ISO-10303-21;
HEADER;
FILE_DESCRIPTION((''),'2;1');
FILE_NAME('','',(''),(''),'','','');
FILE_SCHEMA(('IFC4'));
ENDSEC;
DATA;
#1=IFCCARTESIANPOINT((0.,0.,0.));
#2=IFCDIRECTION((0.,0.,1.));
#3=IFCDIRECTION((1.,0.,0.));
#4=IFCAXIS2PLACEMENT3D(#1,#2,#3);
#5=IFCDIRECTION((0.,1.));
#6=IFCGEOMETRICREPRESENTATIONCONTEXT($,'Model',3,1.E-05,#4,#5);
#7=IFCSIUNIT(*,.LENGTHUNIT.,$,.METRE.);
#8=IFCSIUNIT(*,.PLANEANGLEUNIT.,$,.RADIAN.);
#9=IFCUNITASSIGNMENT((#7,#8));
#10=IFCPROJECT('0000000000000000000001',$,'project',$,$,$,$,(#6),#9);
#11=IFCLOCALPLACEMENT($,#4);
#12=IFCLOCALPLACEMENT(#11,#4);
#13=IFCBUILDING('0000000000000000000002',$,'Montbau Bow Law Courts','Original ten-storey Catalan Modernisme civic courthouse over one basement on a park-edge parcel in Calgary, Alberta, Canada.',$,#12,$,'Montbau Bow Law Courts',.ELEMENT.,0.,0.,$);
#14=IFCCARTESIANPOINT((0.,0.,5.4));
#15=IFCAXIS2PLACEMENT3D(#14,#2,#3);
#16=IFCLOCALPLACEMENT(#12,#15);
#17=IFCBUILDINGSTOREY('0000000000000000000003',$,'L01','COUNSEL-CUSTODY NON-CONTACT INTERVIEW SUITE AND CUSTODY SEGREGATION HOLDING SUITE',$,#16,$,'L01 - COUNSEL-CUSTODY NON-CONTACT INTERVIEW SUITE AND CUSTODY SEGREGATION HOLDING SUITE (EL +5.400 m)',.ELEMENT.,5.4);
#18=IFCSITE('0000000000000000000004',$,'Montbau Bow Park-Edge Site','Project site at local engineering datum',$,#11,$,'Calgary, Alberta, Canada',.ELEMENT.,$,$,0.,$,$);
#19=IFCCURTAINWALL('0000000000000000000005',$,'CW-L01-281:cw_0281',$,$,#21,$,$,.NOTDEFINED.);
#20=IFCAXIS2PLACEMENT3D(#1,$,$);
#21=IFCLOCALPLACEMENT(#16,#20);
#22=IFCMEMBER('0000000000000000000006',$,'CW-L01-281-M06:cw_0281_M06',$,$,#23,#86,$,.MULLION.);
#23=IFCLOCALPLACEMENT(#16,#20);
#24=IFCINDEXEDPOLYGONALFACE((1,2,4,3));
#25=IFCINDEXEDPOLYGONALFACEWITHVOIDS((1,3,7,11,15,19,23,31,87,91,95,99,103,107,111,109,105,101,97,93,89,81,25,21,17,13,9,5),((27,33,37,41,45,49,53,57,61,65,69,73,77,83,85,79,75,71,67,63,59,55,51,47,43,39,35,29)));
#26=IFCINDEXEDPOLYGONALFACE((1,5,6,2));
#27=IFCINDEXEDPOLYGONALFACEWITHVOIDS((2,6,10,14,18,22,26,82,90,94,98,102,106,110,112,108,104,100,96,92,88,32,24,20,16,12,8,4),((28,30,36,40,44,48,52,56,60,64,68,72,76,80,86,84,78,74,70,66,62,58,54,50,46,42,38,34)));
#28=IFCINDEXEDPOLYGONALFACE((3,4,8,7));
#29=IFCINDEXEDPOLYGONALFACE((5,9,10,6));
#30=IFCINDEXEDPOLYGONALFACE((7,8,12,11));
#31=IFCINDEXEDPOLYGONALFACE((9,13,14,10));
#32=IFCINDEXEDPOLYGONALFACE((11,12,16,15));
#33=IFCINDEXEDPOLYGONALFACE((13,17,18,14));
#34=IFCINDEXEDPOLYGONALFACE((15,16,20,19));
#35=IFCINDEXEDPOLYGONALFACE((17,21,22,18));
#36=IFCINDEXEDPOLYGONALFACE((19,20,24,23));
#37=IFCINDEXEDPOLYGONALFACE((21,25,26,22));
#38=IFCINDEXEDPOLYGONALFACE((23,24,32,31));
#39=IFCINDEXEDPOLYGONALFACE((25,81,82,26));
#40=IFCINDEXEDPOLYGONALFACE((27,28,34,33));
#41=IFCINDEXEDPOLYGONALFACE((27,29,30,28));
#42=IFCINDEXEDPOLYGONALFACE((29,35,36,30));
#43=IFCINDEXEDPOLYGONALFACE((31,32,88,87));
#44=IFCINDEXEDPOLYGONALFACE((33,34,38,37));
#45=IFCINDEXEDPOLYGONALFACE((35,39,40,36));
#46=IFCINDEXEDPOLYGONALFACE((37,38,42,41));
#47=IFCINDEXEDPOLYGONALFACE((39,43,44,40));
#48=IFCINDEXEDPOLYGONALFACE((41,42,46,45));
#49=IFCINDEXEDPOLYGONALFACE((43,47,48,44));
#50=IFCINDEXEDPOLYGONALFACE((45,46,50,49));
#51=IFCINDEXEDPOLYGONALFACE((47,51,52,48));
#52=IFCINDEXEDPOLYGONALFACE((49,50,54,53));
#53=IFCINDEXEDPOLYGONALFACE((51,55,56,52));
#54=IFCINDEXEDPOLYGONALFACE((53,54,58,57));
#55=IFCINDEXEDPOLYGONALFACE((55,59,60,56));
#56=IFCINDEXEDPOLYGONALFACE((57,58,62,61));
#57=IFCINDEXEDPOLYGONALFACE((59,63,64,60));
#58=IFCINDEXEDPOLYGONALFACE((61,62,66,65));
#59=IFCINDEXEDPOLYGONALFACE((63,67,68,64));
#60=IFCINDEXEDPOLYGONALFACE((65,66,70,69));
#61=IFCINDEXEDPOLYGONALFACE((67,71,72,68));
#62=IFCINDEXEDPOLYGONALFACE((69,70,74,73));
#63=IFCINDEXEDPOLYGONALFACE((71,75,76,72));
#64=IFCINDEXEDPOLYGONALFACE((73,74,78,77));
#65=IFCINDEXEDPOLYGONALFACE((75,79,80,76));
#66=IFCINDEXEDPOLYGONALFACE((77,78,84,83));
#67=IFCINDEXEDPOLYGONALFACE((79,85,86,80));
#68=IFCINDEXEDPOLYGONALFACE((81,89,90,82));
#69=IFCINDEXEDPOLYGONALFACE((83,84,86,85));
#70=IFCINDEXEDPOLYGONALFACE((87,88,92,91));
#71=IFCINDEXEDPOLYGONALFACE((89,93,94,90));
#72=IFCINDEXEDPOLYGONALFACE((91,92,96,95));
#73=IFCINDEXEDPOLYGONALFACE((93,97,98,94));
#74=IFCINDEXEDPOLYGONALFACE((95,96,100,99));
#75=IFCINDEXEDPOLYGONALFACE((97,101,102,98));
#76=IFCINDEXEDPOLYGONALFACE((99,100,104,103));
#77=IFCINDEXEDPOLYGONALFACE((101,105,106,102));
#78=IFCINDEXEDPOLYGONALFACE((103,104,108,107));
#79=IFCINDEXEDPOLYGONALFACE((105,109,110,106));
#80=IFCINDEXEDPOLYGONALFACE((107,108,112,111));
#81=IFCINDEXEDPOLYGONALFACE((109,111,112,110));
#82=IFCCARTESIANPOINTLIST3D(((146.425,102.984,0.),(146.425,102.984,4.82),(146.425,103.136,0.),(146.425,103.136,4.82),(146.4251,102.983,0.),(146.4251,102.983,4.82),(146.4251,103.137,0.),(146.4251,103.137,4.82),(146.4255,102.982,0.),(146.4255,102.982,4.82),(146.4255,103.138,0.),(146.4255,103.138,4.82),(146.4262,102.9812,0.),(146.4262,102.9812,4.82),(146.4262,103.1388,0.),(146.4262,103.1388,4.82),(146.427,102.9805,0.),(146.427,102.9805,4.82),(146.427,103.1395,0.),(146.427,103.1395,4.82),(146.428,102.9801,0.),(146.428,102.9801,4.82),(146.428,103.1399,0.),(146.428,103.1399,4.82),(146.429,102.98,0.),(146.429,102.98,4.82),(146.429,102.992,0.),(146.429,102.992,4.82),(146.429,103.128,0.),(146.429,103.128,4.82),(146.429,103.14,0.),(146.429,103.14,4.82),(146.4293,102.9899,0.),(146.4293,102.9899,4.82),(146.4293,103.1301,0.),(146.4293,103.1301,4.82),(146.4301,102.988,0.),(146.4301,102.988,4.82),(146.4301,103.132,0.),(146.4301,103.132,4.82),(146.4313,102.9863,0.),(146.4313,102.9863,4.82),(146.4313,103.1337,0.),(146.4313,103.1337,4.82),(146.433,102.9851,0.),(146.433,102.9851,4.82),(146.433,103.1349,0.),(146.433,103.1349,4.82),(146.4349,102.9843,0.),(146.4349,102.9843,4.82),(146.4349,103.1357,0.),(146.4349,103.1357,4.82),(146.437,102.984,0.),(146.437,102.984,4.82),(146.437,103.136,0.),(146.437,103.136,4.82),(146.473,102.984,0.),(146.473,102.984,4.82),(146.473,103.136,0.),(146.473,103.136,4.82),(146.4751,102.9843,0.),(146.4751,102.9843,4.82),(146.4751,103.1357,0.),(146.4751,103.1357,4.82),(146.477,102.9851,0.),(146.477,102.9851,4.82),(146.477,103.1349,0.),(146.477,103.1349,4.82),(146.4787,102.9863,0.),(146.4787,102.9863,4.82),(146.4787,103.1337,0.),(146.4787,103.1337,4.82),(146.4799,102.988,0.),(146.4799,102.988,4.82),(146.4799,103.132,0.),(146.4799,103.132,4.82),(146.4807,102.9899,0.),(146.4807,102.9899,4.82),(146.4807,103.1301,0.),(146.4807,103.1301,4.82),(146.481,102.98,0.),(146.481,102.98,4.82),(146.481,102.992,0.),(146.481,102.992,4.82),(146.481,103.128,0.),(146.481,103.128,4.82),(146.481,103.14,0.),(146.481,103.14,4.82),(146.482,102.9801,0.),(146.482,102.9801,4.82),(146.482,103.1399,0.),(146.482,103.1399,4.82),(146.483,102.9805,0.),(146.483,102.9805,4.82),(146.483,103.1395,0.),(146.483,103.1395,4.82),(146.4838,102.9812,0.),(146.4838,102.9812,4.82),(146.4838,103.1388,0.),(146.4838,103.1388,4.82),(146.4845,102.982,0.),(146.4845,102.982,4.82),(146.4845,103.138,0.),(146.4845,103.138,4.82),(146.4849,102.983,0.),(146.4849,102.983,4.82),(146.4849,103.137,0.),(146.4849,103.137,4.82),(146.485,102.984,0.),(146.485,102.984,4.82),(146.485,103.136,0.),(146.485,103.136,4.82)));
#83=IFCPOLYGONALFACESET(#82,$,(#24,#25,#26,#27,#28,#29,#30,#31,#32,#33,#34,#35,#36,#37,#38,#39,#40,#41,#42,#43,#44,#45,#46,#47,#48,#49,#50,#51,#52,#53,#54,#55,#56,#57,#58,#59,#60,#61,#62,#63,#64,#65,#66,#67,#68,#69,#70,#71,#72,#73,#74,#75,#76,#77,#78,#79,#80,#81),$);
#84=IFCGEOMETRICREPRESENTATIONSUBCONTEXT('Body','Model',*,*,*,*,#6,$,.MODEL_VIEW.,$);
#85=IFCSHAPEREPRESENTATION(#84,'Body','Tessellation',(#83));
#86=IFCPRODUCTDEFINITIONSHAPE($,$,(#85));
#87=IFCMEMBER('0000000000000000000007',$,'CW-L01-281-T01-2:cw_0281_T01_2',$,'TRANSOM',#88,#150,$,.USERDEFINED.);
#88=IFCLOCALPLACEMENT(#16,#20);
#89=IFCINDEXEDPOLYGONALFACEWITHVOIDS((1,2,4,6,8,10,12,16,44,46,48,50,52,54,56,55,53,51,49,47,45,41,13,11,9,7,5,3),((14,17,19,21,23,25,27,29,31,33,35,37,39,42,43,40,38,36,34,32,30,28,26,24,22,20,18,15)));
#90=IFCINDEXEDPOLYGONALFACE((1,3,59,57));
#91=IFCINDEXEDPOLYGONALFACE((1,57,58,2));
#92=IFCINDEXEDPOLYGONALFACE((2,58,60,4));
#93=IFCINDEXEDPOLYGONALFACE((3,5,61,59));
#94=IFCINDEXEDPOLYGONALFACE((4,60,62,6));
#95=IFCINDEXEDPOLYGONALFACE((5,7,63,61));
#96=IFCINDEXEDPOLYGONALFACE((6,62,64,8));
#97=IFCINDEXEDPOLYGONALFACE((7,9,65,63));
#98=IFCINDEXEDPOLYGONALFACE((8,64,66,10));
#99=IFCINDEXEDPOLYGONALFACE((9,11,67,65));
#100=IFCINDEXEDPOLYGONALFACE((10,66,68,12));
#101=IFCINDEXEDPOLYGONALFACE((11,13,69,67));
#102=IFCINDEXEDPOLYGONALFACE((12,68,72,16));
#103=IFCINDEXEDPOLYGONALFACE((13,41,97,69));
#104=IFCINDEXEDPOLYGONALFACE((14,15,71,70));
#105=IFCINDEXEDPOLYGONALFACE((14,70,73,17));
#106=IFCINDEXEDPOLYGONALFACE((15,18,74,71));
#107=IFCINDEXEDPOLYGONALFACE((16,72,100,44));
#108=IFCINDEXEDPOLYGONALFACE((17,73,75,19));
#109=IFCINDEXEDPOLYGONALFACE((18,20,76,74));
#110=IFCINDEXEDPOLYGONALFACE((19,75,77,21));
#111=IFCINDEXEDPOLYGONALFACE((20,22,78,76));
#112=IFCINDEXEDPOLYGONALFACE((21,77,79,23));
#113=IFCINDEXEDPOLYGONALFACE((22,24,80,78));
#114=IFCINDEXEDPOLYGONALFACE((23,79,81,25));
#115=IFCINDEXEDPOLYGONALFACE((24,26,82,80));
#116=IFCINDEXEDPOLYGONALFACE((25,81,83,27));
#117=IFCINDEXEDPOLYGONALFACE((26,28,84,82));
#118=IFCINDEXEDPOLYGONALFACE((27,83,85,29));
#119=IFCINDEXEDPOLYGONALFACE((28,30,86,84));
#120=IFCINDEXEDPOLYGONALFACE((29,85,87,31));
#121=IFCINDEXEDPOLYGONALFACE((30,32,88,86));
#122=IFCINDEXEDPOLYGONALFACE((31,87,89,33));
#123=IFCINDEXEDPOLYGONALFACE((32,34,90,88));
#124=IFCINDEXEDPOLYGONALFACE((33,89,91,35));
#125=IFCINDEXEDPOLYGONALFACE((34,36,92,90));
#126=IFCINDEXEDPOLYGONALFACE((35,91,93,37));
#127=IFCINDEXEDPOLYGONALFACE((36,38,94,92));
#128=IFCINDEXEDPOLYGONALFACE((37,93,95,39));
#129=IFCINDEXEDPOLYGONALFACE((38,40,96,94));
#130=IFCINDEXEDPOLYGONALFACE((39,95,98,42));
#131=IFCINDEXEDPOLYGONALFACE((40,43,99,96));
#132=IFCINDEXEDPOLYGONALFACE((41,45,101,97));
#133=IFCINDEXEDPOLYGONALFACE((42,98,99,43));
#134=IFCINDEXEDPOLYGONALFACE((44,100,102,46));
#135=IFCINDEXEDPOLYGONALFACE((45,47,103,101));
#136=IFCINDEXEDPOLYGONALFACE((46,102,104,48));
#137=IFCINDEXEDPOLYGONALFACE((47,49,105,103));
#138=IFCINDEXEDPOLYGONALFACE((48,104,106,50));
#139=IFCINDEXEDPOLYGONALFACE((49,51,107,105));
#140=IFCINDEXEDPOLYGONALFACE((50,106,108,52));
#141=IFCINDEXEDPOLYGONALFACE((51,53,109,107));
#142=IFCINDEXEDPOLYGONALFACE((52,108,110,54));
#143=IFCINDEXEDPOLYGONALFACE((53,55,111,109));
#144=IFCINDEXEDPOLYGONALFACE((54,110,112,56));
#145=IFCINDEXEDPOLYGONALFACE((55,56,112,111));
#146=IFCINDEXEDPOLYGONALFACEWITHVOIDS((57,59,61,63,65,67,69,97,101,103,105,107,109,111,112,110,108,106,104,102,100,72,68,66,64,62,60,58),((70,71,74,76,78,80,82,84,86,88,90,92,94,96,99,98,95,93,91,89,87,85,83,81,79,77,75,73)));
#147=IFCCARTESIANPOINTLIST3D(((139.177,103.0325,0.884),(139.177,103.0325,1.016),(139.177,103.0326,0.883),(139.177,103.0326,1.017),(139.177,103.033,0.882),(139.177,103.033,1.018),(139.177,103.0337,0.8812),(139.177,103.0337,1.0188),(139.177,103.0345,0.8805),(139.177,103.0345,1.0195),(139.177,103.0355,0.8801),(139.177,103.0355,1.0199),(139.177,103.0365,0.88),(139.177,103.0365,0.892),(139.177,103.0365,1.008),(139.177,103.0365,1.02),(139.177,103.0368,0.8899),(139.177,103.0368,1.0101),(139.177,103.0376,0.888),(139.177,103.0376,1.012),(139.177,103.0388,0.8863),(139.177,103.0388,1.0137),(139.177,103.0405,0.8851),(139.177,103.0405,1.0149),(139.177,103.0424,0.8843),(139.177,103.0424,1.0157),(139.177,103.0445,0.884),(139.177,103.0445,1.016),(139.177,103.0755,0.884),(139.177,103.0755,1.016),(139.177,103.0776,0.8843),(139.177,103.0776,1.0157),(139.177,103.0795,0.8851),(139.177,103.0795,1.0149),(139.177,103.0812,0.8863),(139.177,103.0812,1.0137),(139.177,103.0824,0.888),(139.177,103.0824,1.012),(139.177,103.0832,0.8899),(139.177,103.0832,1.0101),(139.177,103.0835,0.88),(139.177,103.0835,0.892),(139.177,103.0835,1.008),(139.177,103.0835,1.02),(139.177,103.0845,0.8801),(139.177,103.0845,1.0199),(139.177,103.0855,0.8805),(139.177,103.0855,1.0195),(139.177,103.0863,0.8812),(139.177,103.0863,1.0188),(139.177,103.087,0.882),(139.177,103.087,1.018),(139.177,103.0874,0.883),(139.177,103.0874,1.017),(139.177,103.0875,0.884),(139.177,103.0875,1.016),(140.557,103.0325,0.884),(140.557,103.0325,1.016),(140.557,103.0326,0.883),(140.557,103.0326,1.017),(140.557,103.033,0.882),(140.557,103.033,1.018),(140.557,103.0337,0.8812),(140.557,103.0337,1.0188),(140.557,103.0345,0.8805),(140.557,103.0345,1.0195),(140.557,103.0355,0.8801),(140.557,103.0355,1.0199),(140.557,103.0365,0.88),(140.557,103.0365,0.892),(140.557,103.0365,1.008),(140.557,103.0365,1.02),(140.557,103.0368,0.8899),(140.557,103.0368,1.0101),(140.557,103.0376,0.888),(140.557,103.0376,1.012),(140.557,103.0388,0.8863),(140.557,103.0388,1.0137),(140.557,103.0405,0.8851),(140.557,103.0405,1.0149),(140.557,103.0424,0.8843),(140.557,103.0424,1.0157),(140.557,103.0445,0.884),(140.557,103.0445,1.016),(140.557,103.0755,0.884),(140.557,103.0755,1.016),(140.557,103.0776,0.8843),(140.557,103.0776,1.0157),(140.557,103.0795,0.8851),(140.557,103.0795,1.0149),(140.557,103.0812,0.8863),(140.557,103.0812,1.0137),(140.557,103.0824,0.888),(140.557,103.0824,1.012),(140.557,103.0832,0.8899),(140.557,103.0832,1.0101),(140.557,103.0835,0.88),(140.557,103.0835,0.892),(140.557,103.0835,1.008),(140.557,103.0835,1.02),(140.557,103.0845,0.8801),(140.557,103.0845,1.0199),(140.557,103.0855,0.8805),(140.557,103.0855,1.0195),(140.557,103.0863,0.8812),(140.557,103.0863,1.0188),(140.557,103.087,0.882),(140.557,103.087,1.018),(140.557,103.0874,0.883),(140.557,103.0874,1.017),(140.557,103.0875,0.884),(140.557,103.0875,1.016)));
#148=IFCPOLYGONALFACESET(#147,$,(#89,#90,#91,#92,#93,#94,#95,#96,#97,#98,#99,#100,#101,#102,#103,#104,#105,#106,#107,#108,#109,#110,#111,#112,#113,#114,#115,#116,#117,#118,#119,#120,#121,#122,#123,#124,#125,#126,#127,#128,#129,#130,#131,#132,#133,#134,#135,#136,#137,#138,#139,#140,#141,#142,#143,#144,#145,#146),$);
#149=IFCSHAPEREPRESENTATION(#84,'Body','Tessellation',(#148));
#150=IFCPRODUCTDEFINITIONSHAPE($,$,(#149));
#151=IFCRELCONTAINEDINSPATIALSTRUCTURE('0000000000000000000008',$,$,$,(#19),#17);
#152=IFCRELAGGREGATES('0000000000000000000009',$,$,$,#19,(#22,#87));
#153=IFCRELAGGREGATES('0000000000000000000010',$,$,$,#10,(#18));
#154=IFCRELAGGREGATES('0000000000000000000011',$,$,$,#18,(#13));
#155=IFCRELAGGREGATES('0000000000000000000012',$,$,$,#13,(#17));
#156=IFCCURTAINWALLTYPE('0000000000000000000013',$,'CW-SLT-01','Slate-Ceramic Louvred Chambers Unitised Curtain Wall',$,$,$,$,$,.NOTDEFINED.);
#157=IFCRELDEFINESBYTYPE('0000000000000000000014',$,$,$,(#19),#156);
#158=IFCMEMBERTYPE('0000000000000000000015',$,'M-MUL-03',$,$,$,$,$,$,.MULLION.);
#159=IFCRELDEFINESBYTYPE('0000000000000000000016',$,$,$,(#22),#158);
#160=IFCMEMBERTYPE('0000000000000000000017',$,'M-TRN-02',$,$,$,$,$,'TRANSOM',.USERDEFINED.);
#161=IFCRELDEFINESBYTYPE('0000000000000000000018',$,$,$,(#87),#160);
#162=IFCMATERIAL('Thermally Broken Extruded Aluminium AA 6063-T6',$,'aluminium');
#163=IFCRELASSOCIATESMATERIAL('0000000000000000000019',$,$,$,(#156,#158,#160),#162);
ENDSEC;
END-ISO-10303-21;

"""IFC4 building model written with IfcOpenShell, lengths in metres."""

from ifc_helpers import new_model, si_unit, direction, frame, origin_with_axes, origin_2d_with_axis, place, context, subcontext, project, spatial, hollow_rectangle, extrude, material, material_profile, profile_set, type_object, element, aggregate, save


model = new_model("IFC4")

# Units and contexts
model_context = context("Model", 3, precision=1e-05, world=origin_with_axes(), true_north=direction((0.0, 1.0)))
body_context = subcontext(model_context, "Body", "Model", "MODEL_VIEW")
ifc_project = project(units=[si_unit("LENGTHUNIT", "METRE"), si_unit("PLANEANGLEUNIT", "RADIAN")], contexts=[model_context])

# Site, building, storey
site_placement = place(None, origin_with_axes())
site = spatial("IfcSite", under=ifc_project, at=site_placement, Name="Montbau Bow Park-Edge Site", Description="Project site at local engineering datum", LongName="Calgary, Alberta, Canada", CompositionType="ELEMENT", RefElevation=0.0)
building_placement = place(site_placement, origin_with_axes())
building = spatial("IfcBuilding", under=site, at=building_placement, Name="Montbau Bow Law Courts", Description="Original ten-storey Catalan Modernisme civic courthouse over one basement on a park-edge parcel in Calgary, Alberta, Canada.", LongName="Montbau Bow Law Courts", CompositionType="ELEMENT", ElevationOfRefHeight=0.0, ElevationOfTerrain=0.0)
storey_placement = place(building_placement, frame((0.0, 0.0, 5.4), z_axis=(0.0, 0.0, 1.0), x_axis=(1.0, 0.0, 0.0)))
storey = spatial("IfcBuildingStorey", under=building, at=storey_placement, Name="L01", Description="COUNSEL-CUSTODY NON-CONTACT INTERVIEW SUITE AND CUSTODY SEGREGATION HOLDING SUITE", LongName="L01 - COUNSEL-CUSTODY NON-CONTACT INTERVIEW SUITE AND CUSTODY SEGREGATION HOLDING SUITE (EL +5.400 m)", CompositionType="ELEMENT", Elevation=5.4)

# Curtain wall, members
ifc_material_1 = material(Name="Thermally Broken Extruded Aluminium AA 6063-T6", Category="aluminium")
curtain_wall_type = type_object("IfcCurtainWallType", Name="CW-SLT-01", Description="Slate-Ceramic Louvred Chambers Unitised Curtain Wall", PredefinedType="NOTDEFINED", material=ifc_material_1)
curtain_wall_placement = place(None, frame((139.115, 103.06, 5.4), z_axis=(0.0, 0.0, 1.0), x_axis=(1.0, 0.0, 0.0)))
curtain_wall = element("IfcCurtainWall", 1, at=curtain_wall_placement, inside=storey, type_object=curtain_wall_type, Name="CW-L01-281:cw_0281", PredefinedType="NOTDEFINED")
ifc_material_profile_1 = material_profile(ifc_material_1, hollow_rectangle(XDim=0.06, YDim=0.16, WallThickness=0.004, InnerFilletRadius=0.008, OuterFilletRadius=0.004, at=origin_2d_with_axis()), Name="CWM-160X60", Category="Main", Priority=0)
ifc_profile_set_1 = profile_set([ifc_material_profile_1], Name="Thermally Broken Extruded Aluminium AA 6063-T6")
member_type_1 = type_object("IfcMemberType", Name="M-MUL-03", PredefinedType="MULLION", material=ifc_profile_set_1)
member_1_placement = place(None, frame((146.455, 103.06, 5.4), z_axis=(0.0, 0.0, 1.0), x_axis=(1.0, 0.0, 0.0)))
member_1 = element("IfcMember", 2, at=member_1_placement, type_object=member_type_1, Name="CW-L01-281-M06:cw_0281_M06", PredefinedType="MULLION", context=body_context, shape_type="SweptSolid", body=[
    extrude(hollow_rectangle(XDim=0.06, YDim=0.16, WallThickness=0.004, InnerFilletRadius=0.008, OuterFilletRadius=0.004, at=origin_2d_with_axis()), origin_with_axes(), (0.0, 0.0, 1.0), 4.82),
])
ifc_material_profile_2 = material_profile(ifc_material_1, hollow_rectangle(XDim=0.055, YDim=0.14, WallThickness=0.004, InnerFilletRadius=0.008, OuterFilletRadius=0.004, at=origin_2d_with_axis()), Name="CWT-140X55", Category="Main", Priority=0)
ifc_profile_set_2 = profile_set([ifc_material_profile_2], Name="Thermally Broken Extruded Aluminium AA 6063-T6")
member_type_2 = type_object("IfcMemberType", Name="M-TRN-02", ElementType="TRANSOM", PredefinedType="USERDEFINED", material=ifc_profile_set_2)
member_2_placement = place(None, frame((139.177, 103.06, 6.35), z_axis=(1.0, 0.0, 0.0), x_axis=(0.0, 1.0, 0.0)))
member_2 = element("IfcMember", 3, at=member_2_placement, type_object=member_type_2, Name="CW-L01-281-T01-2:cw_0281_T01_2", ObjectType="TRANSOM", PredefinedType="USERDEFINED", context=body_context, shape_type="SweptSolid", body=[
    extrude(hollow_rectangle(XDim=0.055, YDim=0.14, WallThickness=0.004, InnerFilletRadius=0.008, OuterFilletRadius=0.004, at=origin_2d_with_axis()), origin_with_axes(), (0.0, 0.0, 1.0), 1.38),
])
aggregate(curtain_wall, [member_1, member_2])

save(model, "model.ifc")
